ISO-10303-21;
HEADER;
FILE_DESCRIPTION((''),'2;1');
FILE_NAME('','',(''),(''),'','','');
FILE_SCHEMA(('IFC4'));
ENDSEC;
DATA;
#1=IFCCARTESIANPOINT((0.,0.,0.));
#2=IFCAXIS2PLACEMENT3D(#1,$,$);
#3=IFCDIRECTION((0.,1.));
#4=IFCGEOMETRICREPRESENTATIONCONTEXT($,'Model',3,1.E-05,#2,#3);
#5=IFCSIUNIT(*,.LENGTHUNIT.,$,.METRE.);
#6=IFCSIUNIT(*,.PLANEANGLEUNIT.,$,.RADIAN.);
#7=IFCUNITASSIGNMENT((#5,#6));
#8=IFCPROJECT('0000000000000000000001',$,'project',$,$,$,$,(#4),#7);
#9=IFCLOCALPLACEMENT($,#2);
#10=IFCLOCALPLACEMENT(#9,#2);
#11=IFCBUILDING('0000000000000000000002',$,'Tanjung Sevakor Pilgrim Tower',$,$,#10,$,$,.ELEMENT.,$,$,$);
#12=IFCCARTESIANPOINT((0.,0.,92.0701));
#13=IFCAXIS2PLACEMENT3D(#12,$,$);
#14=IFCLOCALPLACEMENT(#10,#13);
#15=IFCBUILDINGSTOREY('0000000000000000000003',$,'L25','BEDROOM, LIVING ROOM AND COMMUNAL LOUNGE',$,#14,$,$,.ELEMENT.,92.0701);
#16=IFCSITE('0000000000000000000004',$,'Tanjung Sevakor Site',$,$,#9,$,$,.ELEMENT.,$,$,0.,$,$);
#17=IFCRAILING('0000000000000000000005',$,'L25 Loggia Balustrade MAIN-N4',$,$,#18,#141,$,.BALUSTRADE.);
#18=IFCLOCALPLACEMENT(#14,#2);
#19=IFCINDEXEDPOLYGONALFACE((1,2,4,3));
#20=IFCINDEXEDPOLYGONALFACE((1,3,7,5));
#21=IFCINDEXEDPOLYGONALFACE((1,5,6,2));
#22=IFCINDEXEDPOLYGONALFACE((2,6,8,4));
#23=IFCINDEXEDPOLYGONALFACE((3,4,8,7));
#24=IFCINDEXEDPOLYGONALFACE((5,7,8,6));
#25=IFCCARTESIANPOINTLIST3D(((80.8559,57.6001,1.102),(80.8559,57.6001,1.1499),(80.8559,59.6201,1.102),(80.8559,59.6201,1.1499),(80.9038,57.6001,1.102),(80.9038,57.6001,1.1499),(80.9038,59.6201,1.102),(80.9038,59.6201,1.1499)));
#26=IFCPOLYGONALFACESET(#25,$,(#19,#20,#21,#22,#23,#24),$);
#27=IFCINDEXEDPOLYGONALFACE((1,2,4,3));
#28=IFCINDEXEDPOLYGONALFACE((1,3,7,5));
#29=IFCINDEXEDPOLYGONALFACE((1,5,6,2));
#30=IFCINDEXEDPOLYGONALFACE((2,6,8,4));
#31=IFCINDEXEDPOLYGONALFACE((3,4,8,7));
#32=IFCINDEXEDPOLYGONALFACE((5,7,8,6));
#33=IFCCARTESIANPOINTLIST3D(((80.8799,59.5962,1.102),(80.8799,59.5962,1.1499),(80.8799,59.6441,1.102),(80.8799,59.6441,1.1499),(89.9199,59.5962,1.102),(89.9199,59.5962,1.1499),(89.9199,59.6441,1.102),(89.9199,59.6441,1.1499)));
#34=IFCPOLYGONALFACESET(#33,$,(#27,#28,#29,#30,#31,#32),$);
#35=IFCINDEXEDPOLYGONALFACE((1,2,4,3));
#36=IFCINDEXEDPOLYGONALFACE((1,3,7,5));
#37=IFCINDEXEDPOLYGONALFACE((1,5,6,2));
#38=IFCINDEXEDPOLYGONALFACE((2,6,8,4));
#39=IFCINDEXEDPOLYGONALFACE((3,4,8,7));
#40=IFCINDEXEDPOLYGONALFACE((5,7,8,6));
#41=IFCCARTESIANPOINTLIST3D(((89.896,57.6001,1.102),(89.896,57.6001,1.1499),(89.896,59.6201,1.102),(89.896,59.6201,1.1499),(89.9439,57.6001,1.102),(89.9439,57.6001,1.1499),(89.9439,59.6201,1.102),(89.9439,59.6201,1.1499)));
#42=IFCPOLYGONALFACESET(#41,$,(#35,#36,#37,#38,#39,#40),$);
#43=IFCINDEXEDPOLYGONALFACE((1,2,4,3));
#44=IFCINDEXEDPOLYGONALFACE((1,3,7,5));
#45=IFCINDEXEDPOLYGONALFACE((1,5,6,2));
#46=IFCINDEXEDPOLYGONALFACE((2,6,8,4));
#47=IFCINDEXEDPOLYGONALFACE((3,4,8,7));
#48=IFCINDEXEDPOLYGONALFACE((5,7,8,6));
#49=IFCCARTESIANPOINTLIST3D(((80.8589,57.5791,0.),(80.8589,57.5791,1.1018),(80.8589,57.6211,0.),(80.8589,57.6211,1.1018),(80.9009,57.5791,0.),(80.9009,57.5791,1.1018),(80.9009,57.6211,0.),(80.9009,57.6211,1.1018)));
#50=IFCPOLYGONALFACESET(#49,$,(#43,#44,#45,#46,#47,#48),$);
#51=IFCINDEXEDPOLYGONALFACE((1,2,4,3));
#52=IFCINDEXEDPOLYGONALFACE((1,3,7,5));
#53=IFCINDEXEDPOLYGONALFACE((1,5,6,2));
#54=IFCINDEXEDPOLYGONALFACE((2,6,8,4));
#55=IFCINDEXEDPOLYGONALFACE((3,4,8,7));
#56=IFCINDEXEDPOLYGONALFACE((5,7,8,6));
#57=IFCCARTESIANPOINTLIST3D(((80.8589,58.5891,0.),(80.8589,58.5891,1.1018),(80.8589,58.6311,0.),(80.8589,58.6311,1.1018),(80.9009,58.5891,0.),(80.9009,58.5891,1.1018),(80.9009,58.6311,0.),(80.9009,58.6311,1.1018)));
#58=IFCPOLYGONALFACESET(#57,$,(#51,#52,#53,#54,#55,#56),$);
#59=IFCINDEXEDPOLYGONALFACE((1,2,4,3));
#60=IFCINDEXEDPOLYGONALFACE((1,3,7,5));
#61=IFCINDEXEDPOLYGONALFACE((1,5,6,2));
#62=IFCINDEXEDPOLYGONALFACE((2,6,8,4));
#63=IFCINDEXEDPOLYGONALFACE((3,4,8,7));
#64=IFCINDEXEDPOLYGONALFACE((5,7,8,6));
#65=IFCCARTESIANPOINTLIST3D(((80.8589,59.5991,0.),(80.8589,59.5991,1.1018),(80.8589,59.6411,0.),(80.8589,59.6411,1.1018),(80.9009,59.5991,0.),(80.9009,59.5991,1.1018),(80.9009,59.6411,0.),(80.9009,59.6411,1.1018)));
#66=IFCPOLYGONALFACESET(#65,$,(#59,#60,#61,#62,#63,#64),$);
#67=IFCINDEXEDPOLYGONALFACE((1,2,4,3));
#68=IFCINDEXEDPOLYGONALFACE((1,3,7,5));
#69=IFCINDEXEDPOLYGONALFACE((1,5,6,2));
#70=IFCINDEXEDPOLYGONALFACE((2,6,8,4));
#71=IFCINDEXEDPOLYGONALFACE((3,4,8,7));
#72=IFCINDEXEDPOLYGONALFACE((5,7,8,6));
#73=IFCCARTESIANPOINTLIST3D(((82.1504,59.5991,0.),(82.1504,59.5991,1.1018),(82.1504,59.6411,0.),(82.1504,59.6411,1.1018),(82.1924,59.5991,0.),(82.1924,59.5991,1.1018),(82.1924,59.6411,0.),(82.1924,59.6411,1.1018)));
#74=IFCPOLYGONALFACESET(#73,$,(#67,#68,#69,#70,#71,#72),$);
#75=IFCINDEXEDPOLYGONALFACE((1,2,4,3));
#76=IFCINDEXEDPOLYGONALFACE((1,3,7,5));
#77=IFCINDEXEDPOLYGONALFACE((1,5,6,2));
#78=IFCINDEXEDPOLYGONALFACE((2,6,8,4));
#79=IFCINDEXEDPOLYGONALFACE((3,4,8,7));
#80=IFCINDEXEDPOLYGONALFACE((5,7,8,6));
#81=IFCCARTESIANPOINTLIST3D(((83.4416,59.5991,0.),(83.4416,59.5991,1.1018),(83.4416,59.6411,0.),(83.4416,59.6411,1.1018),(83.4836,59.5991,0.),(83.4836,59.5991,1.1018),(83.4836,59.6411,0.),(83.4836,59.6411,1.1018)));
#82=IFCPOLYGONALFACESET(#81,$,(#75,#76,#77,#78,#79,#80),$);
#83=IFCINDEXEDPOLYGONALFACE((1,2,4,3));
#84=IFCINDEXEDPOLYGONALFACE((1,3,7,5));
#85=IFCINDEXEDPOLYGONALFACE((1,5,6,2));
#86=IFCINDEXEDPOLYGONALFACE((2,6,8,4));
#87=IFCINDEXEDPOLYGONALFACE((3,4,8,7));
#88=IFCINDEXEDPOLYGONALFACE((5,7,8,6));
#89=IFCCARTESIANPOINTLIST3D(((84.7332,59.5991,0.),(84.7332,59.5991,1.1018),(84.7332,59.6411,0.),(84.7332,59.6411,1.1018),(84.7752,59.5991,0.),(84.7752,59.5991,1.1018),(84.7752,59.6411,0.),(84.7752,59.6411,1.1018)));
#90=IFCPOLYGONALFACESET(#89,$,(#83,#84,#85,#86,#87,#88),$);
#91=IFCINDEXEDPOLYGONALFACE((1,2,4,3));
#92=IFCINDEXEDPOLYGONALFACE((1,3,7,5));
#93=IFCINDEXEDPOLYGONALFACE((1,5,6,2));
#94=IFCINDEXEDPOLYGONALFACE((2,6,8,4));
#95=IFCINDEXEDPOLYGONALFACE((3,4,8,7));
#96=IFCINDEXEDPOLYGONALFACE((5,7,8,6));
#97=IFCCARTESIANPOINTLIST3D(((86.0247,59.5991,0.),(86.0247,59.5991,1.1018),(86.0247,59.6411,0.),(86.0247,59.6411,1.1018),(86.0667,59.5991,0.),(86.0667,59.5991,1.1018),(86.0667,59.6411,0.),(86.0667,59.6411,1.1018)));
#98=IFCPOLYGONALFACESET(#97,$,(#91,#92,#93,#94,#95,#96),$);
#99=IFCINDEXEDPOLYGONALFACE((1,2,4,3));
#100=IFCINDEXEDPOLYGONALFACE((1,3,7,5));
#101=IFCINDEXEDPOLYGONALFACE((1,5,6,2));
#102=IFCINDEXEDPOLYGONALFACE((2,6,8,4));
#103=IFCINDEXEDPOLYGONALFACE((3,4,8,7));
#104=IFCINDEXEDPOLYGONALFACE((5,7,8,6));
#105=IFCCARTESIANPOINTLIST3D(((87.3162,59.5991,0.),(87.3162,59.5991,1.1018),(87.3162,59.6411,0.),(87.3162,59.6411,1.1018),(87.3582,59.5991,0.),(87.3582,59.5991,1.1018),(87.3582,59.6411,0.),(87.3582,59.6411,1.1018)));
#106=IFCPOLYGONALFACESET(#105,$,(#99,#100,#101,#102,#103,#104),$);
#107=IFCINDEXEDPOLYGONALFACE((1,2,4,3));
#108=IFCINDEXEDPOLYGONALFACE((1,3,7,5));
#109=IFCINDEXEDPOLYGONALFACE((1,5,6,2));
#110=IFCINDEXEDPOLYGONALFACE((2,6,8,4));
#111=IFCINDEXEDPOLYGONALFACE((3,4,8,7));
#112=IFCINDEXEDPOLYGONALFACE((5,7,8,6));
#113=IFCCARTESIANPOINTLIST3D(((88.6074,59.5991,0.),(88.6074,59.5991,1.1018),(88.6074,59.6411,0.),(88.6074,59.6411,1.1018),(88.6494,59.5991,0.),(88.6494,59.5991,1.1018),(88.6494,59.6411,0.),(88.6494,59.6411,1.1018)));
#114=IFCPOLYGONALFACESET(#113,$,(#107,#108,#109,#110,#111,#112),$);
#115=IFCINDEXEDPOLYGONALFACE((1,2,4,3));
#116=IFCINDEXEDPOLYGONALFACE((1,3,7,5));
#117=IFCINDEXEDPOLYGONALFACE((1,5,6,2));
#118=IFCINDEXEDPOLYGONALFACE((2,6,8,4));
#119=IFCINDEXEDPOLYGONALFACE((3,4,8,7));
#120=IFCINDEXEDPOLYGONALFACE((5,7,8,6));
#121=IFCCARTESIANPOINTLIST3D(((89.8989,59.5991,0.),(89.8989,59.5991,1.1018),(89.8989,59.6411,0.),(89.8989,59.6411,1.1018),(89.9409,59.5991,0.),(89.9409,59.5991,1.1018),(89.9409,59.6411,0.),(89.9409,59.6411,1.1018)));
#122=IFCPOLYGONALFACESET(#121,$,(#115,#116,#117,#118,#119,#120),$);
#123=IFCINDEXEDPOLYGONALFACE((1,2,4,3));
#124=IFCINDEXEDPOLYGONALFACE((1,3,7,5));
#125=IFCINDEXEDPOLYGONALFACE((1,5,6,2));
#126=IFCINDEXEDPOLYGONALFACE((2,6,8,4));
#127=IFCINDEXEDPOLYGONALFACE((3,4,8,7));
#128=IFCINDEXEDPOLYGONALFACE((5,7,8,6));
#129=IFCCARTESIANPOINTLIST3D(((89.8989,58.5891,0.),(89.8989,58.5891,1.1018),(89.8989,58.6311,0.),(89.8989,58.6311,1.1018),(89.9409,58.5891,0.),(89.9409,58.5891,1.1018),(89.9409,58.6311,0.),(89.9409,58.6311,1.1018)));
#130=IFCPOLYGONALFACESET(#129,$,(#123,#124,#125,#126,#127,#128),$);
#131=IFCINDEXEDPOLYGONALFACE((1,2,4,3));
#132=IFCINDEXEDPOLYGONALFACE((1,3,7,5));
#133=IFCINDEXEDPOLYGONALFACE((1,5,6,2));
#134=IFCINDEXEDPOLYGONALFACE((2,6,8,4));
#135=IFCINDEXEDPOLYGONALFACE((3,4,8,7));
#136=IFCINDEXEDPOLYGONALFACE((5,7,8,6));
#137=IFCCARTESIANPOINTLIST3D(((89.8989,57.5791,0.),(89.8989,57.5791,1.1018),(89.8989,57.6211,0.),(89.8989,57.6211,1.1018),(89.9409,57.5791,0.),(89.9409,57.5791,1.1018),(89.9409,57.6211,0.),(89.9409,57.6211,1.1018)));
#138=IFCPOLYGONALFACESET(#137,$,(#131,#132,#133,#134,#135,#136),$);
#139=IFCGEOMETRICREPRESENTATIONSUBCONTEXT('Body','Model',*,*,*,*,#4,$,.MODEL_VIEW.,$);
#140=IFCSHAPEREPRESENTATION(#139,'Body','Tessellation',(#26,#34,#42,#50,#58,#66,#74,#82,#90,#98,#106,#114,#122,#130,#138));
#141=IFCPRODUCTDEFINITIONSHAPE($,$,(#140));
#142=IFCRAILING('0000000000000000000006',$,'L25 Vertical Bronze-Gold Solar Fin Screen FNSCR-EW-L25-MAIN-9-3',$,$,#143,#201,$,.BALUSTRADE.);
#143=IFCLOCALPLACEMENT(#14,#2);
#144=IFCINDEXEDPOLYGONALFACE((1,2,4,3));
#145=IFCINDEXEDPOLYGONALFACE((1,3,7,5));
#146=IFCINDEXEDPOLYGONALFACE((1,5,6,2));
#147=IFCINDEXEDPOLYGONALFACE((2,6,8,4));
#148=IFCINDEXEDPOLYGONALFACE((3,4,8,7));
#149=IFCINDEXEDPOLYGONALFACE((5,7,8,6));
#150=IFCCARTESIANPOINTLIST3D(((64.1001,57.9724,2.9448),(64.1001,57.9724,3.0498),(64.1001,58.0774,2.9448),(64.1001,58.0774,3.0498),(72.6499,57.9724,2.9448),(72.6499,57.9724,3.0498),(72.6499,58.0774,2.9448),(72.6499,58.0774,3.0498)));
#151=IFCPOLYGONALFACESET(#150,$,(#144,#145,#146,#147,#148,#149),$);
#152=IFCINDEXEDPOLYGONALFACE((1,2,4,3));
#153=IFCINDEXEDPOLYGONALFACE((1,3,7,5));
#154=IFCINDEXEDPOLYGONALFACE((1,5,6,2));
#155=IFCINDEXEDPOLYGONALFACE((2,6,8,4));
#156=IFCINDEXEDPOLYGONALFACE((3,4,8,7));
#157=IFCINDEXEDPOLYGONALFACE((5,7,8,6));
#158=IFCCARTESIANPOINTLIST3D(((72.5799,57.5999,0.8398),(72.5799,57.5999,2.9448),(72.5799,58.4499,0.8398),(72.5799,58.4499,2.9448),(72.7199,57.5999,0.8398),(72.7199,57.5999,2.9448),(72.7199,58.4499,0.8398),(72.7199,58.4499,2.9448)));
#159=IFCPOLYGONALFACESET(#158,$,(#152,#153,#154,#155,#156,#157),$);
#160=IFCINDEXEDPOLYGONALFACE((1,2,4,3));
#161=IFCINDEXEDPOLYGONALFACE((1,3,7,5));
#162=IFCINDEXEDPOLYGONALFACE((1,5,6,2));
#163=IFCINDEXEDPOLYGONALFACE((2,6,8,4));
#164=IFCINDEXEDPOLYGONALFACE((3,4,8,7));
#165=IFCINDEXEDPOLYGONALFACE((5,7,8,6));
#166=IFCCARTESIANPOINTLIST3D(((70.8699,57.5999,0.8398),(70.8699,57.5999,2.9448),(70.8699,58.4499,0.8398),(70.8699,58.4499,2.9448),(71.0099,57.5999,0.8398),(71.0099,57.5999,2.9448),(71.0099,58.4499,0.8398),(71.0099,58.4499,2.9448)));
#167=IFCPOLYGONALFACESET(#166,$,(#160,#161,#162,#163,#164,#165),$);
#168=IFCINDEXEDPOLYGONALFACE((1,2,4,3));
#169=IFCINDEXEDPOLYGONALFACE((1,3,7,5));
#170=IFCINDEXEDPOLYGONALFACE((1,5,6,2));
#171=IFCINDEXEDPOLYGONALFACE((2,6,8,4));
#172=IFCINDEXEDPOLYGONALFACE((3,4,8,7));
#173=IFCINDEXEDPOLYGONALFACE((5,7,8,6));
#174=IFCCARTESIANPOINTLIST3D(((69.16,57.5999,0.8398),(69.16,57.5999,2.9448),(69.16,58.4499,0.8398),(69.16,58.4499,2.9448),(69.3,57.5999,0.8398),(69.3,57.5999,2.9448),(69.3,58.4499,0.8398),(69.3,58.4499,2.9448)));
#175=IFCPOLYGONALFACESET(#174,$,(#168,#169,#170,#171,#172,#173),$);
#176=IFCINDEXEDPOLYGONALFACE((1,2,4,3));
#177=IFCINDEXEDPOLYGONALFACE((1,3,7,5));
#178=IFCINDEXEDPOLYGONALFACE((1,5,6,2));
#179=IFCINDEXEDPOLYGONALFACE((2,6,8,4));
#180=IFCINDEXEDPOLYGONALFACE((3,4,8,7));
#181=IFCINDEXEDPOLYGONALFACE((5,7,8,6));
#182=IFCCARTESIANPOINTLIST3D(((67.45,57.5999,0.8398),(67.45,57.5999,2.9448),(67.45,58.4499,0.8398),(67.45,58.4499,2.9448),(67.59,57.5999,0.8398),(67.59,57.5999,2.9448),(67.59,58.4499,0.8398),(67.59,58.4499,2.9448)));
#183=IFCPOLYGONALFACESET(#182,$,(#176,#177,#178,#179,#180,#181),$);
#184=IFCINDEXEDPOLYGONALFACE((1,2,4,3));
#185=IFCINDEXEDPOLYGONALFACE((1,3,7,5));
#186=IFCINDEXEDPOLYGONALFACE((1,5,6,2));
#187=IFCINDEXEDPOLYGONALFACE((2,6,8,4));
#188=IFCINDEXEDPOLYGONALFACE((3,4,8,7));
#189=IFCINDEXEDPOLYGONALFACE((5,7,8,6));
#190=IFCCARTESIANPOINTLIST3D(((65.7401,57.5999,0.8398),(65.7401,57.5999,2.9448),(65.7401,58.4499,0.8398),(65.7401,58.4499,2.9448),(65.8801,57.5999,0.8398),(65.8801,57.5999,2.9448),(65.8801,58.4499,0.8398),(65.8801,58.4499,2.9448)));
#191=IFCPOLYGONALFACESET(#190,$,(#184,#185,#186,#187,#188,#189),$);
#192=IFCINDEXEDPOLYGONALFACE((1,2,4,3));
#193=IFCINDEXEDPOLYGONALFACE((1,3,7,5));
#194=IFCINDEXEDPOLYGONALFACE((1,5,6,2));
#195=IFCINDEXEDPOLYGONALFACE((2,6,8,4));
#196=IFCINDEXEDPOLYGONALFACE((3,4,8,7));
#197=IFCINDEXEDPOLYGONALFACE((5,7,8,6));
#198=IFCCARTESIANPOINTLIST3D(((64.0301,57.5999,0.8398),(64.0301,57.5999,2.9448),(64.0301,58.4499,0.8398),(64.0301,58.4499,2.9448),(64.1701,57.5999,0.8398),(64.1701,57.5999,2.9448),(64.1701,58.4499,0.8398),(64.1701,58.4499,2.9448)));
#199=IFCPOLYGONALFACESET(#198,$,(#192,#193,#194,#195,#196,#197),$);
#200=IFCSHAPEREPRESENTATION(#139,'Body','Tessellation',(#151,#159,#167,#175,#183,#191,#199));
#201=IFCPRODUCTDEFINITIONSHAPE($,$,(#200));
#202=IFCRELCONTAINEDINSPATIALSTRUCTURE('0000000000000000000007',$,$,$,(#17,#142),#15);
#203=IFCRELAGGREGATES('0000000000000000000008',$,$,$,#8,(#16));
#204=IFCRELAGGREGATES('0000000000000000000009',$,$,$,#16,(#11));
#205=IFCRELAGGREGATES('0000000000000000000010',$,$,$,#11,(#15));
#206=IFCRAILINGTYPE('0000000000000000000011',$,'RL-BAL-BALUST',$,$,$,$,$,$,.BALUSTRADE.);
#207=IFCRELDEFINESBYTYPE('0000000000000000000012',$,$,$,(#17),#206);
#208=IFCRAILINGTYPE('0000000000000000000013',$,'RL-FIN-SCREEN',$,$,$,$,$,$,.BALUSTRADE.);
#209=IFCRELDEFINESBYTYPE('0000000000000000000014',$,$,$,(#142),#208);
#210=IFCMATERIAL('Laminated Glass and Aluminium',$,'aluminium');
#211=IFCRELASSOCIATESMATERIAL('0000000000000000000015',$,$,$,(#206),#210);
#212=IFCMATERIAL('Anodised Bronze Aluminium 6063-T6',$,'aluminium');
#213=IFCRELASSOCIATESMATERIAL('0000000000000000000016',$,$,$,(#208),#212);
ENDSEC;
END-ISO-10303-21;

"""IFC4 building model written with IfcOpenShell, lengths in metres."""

from ifc_helpers import new_model, si_unit, direction, frame, origin, place, context, subcontext, project, spatial, rectangle, extrude, material, type_object, element, save


model = new_model("IFC4")

# Units and contexts
model_context = context("Model", 3, precision=1e-05, world=origin(), true_north=direction((0.0, 1.0)))
body_context = subcontext(model_context, "Body", "Model", "MODEL_VIEW")
ifc_project = project(units=[si_unit("LENGTHUNIT", "METRE"), si_unit("PLANEANGLEUNIT", "RADIAN")], contexts=[model_context])

# Site, building, storey
site_placement = place(None, origin())
site = spatial("IfcSite", under=ifc_project, at=site_placement, Name="Tanjung Sevakor Site", CompositionType="ELEMENT", RefElevation=0.0)
building_placement = place(site_placement, origin())
building = spatial("IfcBuilding", under=site, at=building_placement, Name="Tanjung Sevakor Pilgrim Tower", CompositionType="ELEMENT")
storey_placement = place(building_placement, frame((0.0, 0.0, 92.0701)))
storey = spatial("IfcBuildingStorey", under=building, at=storey_placement, Name="L25", Description="BEDROOM, LIVING ROOM AND COMMUNAL LOUNGE", CompositionType="ELEMENT", Elevation=92.0701)

# Railings
ifc_material_1 = material(Name="Laminated Glass and Aluminium", Category="aluminium")
railing_type_1 = type_object("IfcRailingType", Name="RL-BAL-BALUST", PredefinedType="BALUSTRADE", material=ifc_material_1)
railing_1_placement = place(storey_placement, frame((80.8799, 57.6001, 0.0)))
element("IfcRailing", 1, at=railing_1_placement, inside=storey, type_object=railing_type_1, Name="L25 Loggia Balustrade MAIN-N4", PredefinedType="BALUSTRADE", context=body_context, shape_type="SweptSolid", body=[
    extrude(rectangle(XDim=0.0479, YDim=0.0479), frame((0.0, 0.0, 1.126), z_axis=(0.0, 1.0, 0.0), x_axis=(-1.0, 0.0, 0.0)), (0.0, 0.0, 1.0), 2.02),
    extrude(rectangle(XDim=0.0479, YDim=0.0479), frame((0.0, 2.02, 1.126), z_axis=(1.0, 0.0, 0.0), x_axis=(0.0, 1.0, 0.0)), (0.0, 0.0, 1.0), 9.04),
    extrude(rectangle(XDim=0.0479, YDim=0.0479), frame((9.04, 2.02, 1.126), z_axis=(0.0, -1.0, 0.0), x_axis=(1.0, 0.0, 0.0)), (0.0, 0.0, 1.0), 2.02),
    extrude(rectangle(XDim=0.042, YDim=0.042), origin(), (0.0, 0.0, 1.0), 1.1018),
    extrude(rectangle(XDim=0.042, YDim=0.042), frame((0.0, 1.01, 0.0)), (0.0, 0.0, 1.0), 1.1018),
    extrude(rectangle(XDim=0.042, YDim=0.042), frame((0.0, 2.02, 0.0)), (0.0, 0.0, 1.0), 1.1018),
    extrude(rectangle(XDim=0.042, YDim=0.042), frame((1.2915, 2.02, 0.0)), (0.0, 0.0, 1.0), 1.1018),
    extrude(rectangle(XDim=0.042, YDim=0.042), frame((2.5828, 2.02, 0.0)), (0.0, 0.0, 1.0), 1.1018),
    extrude(rectangle(XDim=0.042, YDim=0.042), frame((3.8743, 2.02, 0.0)), (0.0, 0.0, 1.0), 1.1018),
    extrude(rectangle(XDim=0.042, YDim=0.042), frame((5.1658, 2.02, 0.0)), (0.0, 0.0, 1.0), 1.1018),
    extrude(rectangle(XDim=0.042, YDim=0.042), frame((6.4573, 2.02, 0.0)), (0.0, 0.0, 1.0), 1.1018),
    extrude(rectangle(XDim=0.042, YDim=0.042), frame((7.7485, 2.02, 0.0)), (0.0, 0.0, 1.0), 1.1018),
    extrude(rectangle(XDim=0.042, YDim=0.042), frame((9.04, 2.02, 0.0)), (0.0, 0.0, 1.0), 1.1018),
    extrude(rectangle(XDim=0.042, YDim=0.042), frame((9.04, 1.01, 0.0)), (0.0, 0.0, 1.0), 1.1018),
    extrude(rectangle(XDim=0.042, YDim=0.042), frame((9.04, 0.0, 0.0)), (0.0, 0.0, 1.0), 1.1018),
])
ifc_material_2 = material(Name="Anodised Bronze Aluminium 6063-T6", Category="aluminium")
railing_type_2 = type_object("IfcRailingType", Name="RL-FIN-SCREEN", PredefinedType="BALUSTRADE", material=ifc_material_2)
railing_2_placement = place(storey_placement, frame((72.6499, 58.0249, 0.8398)))
element("IfcRailing", 2, at=railing_2_placement, inside=storey, type_object=railing_type_2, Name="L25 Vertical Bronze-Gold Solar Fin Screen FNSCR-EW-L25-MAIN-9-3", PredefinedType="BALUSTRADE", context=body_context, shape_type="SweptSolid", body=[
    extrude(rectangle(XDim=0.105, YDim=0.105), frame((0.0, 0.0, 2.1575), z_axis=(-1.0, 0.0, 0.0), x_axis=(0.0, -1.0, 0.0)), (0.0, 0.0, 1.0), 8.5498),
    extrude(rectangle(XDim=0.14, YDim=0.85), origin(), (0.0, 0.0, 1.0), 2.105),
    extrude(rectangle(XDim=0.14, YDim=0.85), frame((-1.71, 0.0, 0.0)), (0.0, 0.0, 1.0), 2.105),
    extrude(rectangle(XDim=0.14, YDim=0.85), frame((-3.4199, 0.0, 0.0)), (0.0, 0.0, 1.0), 2.105),
    extrude(rectangle(XDim=0.14, YDim=0.85), frame((-5.1299, 0.0, 0.0)), (0.0, 0.0, 1.0), 2.105),
    extrude(rectangle(XDim=0.14, YDim=0.85), frame((-6.8398, 0.0, 0.0)), (0.0, 0.0, 1.0), 2.105),
    extrude(rectangle(XDim=0.14, YDim=0.85), frame((-8.5498, 0.0, 0.0)), (0.0, 0.0, 1.0), 2.105),
])

save(model, "model.ifc")
